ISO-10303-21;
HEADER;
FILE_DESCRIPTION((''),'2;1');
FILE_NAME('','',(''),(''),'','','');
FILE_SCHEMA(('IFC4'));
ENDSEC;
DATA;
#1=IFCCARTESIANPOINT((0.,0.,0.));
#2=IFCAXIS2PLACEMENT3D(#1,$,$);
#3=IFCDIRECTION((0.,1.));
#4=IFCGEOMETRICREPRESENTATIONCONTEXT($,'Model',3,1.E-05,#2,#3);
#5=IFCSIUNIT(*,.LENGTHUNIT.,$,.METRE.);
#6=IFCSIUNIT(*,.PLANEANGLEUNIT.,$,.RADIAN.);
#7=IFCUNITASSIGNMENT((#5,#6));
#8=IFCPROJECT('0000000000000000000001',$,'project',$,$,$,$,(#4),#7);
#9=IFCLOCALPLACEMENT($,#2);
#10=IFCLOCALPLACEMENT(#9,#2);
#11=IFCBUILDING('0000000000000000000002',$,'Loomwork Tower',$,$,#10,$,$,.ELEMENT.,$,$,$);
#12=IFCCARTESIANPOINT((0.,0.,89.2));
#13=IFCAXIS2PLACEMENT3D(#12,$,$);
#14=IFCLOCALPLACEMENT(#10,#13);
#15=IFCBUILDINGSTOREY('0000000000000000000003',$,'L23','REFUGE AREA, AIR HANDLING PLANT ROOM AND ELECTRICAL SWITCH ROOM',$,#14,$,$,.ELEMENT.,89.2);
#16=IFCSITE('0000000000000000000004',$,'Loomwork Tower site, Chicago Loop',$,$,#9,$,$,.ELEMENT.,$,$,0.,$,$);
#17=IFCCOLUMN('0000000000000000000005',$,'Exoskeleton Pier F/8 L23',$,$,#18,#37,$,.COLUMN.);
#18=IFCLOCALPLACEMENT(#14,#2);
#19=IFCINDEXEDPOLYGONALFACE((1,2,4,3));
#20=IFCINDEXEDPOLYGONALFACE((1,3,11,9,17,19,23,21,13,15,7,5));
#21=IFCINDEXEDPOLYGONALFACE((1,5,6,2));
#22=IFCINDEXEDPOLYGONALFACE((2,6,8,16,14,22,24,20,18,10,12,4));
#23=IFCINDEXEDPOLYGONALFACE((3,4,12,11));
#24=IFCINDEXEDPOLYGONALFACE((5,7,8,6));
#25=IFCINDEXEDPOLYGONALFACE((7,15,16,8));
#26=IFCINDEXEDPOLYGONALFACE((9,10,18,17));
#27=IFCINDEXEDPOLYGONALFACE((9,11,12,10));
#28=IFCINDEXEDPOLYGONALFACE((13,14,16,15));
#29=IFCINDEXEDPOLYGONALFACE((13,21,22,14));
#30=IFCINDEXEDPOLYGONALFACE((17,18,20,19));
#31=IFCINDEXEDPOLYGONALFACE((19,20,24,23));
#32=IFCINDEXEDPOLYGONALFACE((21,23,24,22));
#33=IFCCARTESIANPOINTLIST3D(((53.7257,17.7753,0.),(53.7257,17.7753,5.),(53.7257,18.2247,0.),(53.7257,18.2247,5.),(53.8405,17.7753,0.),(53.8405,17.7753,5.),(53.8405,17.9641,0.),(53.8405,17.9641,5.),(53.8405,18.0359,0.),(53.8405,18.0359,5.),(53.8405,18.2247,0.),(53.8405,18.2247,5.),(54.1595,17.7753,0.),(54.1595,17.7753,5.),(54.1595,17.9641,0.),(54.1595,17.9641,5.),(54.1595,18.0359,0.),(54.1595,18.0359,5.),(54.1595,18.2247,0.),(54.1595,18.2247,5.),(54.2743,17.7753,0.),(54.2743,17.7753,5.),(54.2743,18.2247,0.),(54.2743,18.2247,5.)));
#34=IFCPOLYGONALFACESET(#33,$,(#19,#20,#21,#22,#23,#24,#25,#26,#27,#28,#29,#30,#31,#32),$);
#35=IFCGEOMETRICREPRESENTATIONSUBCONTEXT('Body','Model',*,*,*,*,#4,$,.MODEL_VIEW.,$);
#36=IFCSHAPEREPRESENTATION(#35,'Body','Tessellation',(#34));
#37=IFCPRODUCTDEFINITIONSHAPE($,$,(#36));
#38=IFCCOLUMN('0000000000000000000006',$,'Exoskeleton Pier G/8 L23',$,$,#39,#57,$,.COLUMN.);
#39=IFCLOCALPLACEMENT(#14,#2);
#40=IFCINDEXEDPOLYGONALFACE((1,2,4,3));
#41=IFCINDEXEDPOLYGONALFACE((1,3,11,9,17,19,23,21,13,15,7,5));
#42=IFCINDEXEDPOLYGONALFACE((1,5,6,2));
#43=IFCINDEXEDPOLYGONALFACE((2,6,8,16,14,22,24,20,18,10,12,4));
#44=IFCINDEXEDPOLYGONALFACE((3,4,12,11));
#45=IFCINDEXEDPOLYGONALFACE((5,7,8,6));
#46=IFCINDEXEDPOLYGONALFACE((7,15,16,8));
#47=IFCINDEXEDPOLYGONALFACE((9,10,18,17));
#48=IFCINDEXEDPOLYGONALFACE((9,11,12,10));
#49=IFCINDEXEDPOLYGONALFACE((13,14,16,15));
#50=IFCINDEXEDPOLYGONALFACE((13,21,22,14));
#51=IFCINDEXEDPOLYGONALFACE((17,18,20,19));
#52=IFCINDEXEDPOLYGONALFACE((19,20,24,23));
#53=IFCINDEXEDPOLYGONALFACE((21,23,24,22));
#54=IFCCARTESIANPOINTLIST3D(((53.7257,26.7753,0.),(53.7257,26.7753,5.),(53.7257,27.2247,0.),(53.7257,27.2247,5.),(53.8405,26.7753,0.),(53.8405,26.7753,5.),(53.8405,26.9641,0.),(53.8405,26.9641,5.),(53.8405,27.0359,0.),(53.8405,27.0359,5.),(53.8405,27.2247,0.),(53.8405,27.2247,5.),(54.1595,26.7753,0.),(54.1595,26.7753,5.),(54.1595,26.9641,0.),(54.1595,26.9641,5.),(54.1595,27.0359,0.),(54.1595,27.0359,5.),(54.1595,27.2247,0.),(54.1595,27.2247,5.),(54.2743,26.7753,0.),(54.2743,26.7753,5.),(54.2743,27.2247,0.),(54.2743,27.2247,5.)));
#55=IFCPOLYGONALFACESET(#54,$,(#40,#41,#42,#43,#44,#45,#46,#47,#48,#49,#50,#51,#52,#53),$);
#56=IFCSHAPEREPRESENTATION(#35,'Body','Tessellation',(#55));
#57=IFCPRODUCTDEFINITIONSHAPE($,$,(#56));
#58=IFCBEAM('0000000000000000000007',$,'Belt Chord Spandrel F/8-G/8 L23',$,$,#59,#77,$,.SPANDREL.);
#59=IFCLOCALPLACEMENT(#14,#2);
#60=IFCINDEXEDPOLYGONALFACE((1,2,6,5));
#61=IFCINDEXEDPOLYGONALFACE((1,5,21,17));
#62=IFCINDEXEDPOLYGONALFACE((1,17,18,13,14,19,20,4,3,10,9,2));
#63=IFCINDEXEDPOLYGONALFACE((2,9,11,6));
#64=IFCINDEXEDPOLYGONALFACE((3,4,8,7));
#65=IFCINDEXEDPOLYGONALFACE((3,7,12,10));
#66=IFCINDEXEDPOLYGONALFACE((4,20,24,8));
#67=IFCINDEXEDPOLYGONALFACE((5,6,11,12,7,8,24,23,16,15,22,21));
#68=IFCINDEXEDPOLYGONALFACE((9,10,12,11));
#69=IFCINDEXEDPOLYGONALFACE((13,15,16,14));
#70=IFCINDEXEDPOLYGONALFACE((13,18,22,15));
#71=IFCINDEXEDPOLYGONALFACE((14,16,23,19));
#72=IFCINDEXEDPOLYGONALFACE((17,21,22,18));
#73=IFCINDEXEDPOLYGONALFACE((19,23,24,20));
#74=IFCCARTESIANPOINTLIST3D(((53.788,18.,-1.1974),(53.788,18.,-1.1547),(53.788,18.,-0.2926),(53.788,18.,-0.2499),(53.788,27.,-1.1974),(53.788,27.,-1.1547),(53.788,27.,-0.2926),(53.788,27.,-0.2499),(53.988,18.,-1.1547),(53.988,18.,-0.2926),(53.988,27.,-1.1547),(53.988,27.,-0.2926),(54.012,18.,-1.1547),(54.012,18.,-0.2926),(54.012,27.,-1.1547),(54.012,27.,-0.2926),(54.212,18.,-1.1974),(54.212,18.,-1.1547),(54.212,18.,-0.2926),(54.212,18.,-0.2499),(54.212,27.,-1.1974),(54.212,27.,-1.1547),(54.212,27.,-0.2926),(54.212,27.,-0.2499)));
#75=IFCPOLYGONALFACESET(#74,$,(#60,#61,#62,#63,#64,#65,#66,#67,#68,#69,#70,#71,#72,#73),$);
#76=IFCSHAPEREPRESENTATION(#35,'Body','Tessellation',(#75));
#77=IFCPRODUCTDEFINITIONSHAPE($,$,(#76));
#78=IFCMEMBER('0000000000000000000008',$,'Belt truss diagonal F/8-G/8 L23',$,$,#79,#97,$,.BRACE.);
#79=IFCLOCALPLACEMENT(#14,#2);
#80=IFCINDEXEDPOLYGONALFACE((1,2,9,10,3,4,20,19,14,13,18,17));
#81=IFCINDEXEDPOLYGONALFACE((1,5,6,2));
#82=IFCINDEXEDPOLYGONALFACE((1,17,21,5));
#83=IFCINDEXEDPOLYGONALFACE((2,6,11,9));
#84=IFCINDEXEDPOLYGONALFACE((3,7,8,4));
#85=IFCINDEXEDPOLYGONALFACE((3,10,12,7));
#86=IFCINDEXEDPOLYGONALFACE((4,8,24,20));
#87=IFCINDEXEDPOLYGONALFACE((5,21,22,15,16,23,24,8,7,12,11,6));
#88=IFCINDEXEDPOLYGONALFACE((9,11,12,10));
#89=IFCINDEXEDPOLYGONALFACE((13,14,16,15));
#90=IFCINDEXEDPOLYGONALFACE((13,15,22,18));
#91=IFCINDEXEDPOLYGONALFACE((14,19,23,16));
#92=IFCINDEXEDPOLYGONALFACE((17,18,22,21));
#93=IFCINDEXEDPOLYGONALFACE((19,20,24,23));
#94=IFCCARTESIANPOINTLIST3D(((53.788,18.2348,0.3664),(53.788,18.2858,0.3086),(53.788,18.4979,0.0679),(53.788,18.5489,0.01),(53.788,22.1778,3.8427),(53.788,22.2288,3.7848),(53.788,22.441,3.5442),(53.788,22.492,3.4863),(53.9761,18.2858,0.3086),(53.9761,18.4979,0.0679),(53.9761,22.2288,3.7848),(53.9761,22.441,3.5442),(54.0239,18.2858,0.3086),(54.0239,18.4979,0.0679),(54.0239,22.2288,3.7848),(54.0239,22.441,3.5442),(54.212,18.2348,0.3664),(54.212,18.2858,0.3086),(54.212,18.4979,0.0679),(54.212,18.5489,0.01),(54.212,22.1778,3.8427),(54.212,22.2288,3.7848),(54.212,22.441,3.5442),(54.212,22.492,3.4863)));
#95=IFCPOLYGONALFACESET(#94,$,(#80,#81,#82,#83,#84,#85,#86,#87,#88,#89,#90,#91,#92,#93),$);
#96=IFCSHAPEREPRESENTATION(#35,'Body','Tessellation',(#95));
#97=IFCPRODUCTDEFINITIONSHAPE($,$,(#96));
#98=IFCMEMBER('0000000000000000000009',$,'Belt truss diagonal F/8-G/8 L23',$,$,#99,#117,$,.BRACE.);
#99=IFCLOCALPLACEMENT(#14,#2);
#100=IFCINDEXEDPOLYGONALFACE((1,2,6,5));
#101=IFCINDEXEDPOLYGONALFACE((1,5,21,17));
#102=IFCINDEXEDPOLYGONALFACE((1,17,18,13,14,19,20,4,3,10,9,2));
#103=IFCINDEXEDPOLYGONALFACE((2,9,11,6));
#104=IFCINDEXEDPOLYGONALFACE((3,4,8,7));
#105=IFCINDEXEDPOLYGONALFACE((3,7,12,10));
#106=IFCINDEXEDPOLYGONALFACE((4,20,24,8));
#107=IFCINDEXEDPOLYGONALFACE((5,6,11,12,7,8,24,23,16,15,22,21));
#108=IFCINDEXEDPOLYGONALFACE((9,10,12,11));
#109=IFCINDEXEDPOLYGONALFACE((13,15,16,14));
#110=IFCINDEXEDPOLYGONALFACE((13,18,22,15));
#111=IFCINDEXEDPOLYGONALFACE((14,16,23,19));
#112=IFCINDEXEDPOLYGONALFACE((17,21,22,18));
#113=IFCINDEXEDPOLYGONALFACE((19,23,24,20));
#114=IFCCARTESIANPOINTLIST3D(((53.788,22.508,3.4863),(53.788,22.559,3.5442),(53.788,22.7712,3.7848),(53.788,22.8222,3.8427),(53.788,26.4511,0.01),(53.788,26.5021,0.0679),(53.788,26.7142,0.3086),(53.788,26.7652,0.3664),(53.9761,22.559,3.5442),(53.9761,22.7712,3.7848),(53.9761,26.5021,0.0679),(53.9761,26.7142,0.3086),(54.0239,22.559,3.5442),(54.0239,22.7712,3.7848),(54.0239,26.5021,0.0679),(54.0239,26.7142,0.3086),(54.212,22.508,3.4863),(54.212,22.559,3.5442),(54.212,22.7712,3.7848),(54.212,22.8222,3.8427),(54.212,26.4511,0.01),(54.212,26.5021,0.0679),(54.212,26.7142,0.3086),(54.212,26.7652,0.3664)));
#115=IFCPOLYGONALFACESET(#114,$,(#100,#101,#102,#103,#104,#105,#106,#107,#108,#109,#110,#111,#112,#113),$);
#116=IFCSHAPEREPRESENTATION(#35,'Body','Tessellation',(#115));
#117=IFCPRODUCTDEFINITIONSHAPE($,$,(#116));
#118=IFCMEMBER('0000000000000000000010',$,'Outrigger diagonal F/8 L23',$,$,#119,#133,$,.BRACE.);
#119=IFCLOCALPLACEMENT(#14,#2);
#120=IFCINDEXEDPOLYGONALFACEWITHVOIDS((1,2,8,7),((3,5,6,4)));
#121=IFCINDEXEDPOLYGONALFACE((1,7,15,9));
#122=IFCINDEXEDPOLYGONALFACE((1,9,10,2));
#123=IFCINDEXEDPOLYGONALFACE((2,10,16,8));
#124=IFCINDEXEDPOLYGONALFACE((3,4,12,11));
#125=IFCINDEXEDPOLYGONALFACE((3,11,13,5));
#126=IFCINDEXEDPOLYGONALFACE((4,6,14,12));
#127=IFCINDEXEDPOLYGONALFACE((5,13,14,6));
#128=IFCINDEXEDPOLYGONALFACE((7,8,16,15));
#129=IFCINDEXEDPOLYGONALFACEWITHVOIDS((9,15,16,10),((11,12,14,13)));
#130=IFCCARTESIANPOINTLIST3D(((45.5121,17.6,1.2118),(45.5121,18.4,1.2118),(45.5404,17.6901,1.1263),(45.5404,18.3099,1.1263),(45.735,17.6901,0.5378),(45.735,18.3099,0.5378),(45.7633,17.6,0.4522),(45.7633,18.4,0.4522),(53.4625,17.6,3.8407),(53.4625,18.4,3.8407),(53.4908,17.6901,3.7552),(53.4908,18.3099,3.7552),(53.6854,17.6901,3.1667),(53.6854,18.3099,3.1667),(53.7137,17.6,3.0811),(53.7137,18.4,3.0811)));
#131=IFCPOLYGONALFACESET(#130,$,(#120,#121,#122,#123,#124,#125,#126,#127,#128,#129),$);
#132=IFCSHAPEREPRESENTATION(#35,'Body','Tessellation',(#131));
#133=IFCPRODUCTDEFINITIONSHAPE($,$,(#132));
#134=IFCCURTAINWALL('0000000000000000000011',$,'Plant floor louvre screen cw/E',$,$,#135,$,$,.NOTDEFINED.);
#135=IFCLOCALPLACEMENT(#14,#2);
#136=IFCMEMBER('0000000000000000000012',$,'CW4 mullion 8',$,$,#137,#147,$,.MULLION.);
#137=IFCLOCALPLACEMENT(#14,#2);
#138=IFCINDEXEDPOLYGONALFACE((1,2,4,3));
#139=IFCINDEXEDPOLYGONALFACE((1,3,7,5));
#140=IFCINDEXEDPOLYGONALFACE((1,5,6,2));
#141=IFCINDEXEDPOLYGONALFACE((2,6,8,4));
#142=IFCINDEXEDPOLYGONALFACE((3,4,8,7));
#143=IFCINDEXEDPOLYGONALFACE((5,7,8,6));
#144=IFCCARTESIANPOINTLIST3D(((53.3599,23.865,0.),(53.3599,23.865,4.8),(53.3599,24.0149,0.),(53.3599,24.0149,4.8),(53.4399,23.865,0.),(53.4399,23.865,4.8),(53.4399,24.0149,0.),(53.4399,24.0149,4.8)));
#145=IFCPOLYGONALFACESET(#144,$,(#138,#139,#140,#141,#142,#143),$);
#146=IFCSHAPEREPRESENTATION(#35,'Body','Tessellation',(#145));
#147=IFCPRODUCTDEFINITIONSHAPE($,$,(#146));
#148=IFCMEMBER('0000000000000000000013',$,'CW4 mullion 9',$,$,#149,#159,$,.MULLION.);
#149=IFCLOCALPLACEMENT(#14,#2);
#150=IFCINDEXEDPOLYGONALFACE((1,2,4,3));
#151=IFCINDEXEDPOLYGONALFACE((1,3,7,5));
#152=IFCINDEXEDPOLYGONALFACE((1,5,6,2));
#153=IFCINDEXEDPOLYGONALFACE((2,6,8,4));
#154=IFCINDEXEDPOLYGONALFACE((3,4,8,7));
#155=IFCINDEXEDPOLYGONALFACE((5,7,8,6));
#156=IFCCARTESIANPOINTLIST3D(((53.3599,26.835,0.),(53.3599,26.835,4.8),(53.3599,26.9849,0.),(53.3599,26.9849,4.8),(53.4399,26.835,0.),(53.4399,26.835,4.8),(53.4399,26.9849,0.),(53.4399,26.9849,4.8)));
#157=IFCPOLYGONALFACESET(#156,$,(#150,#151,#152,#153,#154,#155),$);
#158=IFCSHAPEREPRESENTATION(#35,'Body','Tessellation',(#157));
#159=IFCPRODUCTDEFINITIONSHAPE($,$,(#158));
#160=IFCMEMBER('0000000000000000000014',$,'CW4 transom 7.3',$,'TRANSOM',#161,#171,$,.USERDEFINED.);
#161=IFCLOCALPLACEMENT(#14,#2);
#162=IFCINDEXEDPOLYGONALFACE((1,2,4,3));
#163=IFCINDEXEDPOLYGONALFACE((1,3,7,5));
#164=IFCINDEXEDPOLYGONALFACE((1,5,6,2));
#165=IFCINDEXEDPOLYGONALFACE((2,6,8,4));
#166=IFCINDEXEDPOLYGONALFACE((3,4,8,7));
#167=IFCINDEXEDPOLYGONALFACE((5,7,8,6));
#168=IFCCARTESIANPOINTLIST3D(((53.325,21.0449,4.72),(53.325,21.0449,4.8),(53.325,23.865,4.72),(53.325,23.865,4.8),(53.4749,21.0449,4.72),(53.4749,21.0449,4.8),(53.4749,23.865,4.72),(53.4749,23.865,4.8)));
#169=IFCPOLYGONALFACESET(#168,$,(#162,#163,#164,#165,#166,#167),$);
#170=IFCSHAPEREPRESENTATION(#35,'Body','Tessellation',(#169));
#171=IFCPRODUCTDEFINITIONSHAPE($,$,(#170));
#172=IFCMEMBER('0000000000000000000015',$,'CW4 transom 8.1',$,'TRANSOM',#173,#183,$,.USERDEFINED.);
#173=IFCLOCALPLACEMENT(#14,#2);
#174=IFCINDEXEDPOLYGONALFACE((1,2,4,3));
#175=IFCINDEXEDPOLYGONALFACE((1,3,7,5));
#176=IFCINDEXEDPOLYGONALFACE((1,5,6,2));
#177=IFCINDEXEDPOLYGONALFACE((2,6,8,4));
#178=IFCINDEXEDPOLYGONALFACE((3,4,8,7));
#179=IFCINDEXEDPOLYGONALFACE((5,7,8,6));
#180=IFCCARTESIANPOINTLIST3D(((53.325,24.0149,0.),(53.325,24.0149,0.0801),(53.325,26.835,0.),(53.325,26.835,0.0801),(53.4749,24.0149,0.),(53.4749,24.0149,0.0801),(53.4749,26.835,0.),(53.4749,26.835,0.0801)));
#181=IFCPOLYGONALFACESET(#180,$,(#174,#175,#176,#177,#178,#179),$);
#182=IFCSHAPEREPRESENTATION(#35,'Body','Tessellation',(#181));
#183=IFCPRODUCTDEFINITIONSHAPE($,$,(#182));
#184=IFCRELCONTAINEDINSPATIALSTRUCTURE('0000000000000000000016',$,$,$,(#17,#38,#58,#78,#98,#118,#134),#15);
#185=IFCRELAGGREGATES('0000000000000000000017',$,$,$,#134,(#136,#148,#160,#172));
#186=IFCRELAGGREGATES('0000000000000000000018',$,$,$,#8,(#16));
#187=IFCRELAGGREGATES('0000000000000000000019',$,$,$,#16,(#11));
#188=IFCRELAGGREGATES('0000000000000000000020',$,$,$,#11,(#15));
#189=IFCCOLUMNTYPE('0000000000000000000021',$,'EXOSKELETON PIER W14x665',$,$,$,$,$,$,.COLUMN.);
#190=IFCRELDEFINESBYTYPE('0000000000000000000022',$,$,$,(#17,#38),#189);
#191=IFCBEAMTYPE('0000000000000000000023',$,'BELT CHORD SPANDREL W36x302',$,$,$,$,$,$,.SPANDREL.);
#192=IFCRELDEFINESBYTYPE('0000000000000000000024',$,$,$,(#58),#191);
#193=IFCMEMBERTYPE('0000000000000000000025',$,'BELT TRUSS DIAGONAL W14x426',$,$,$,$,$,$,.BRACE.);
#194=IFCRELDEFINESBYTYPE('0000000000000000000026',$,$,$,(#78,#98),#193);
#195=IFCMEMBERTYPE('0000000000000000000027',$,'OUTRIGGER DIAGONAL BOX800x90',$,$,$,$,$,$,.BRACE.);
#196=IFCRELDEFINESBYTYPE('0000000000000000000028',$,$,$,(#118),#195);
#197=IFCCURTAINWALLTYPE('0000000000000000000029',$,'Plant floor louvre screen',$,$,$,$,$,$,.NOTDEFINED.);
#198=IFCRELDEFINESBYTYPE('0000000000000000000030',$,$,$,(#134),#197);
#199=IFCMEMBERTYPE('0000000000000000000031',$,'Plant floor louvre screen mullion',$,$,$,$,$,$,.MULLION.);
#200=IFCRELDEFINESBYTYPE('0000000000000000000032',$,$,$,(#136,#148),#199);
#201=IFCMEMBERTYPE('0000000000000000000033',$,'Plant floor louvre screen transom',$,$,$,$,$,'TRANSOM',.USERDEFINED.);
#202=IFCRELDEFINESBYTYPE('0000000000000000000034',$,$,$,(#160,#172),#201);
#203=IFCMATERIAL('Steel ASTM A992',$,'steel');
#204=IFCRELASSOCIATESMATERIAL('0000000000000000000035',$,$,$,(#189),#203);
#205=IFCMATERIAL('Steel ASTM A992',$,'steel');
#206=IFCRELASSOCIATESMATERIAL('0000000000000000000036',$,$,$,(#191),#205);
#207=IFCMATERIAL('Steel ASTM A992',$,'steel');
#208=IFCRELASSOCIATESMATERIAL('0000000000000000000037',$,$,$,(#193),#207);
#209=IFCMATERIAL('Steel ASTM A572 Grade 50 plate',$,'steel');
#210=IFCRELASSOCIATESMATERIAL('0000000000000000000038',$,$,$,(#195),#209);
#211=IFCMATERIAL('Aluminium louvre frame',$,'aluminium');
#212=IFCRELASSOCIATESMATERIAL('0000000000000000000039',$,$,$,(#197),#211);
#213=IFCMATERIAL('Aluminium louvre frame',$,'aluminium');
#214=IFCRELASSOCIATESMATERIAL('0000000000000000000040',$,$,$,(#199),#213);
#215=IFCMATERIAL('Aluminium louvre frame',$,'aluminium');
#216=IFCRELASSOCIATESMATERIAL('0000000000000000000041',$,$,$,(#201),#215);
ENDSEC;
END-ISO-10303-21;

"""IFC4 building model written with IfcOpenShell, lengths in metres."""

from ifc_helpers import new_model, si_unit, direction, frame, origin, origin_2d, place, context, subcontext, project, spatial, rectangle, hollow_rectangle, i_section, extrude, material, material_profile, profile_set, type_object, element, aggregate, save


model = new_model("IFC4")

# Units and contexts
model_context = context("Model", 3, precision=1e-05, world=origin(), true_north=direction((0.0, 1.0)))
body_context = subcontext(model_context, "Body", "Model", "MODEL_VIEW")
ifc_project = project(units=[si_unit("LENGTHUNIT", "METRE"), si_unit("PLANEANGLEUNIT", "RADIAN")], contexts=[model_context])

# Site, building, storey
site_placement = place(None, origin())
site = spatial("IfcSite", under=ifc_project, at=site_placement, Name="Loomwork Tower site, Chicago Loop", CompositionType="ELEMENT", RefElevation=0.0)
building_placement = place(site_placement, origin())
building = spatial("IfcBuilding", under=site, at=building_placement, Name="Loomwork Tower", CompositionType="ELEMENT")
storey_placement = place(building_placement, frame((0.0, 0.0, 89.2)))
storey = spatial("IfcBuildingStorey", under=building, at=storey_placement, Name="L23", Description="REFUGE AREA, AIR HANDLING PLANT ROOM AND ELECTRICAL SWITCH ROOM", CompositionType="ELEMENT", Elevation=89.2)

# Columns
ifc_material_1 = material(Name="Steel ASTM A992", Category="steel")
ifc_material_profile_1 = material_profile(ifc_material_1, i_section(OverallWidth=0.4495, OverallDepth=0.5486, WebThickness=0.0718, FlangeThickness=0.1147, at=origin_2d()), Name="W14x665")
ifc_profile_set_1 = profile_set([ifc_material_profile_1], Name="Steel ASTM A992")
column_type = type_object("IfcColumnType", Name="EXOSKELETON PIER W14x665", PredefinedType="COLUMN", material=ifc_profile_set_1)
for number, where, z_axis, x_axis, name in (
    (1, (54.0, 18.0, 0.0), (0.0, 0.0, 1.0), (0.0, 1.0, 0.0), "Exoskeleton Pier F/8 L23"),
    (2, (54.0, 27.0, 0.0), (0.0, 0.0, 1.0), (0.0, 1.0, 0.0), "Exoskeleton Pier G/8 L23"),
):
    element("IfcColumn", number, at=place(storey_placement, frame(where, z_axis=z_axis, x_axis=x_axis)), inside=storey, type_object=column_type, Name=name, PredefinedType="COLUMN", context=body_context, shape_type="SweptSolid", body=[
        extrude(i_section(OverallWidth=0.4495, OverallDepth=0.5486, WebThickness=0.0718, FlangeThickness=0.1147, at=origin_2d()), origin(), (0.0, 0.0, 1.0), 5.0),
    ])

# Beam
ifc_material_2 = material(Name="Steel ASTM A992", Category="steel")
ifc_material_profile_2 = material_profile(ifc_material_2, i_section(OverallWidth=0.4241, OverallDepth=0.9475, WebThickness=0.0239, FlangeThickness=0.0427, at=origin_2d()), Name="W36x302")
ifc_profile_set_2 = profile_set([ifc_material_profile_2], Name="Steel ASTM A992")
beam_type = type_object("IfcBeamType", Name="BELT CHORD SPANDREL W36x302", PredefinedType="SPANDREL", material=ifc_profile_set_2)
beam_placement = place(storey_placement, frame((54.0, 18.0, -0.7236), z_axis=(0.0, 1.0, 0.0), x_axis=(-1.0, 0.0, 0.0)))
element("IfcBeam", 3, at=beam_placement, inside=storey, type_object=beam_type, Name="Belt Chord Spandrel F/8-G/8 L23", PredefinedType="SPANDREL", context=body_context, shape_type="SweptSolid", body=[
    extrude(i_section(OverallWidth=0.4241, OverallDepth=0.9475, WebThickness=0.0239, FlangeThickness=0.0427, at=origin_2d()), origin(), (0.0, 0.0, 1.0), 9.0),
])

# Members
ifc_material_3 = material(Name="Steel ASTM A992", Category="steel")
ifc_material_profile_3 = material_profile(ifc_material_3, i_section(OverallWidth=0.4241, OverallDepth=0.4751, WebThickness=0.0479, FlangeThickness=0.0771, at=origin_2d()), Name="W14x426")
ifc_profile_set_3 = profile_set([ifc_material_profile_3], Name="Steel ASTM A992")
member_type_1 = type_object("IfcMemberType", Name="BELT TRUSS DIAGONAL W14x426", PredefinedType="BRACE", material=ifc_profile_set_3)
for number, where, z_axis, x_axis, name in (
    (4, (54.0, 18.3918, 0.1882), (0.0, 0.750112, 0.661311), (-1.0, 0.0, 0.0), "Belt truss diagonal F/8-G/8 L23"),
    (5, (54.0, 26.6082, 0.1882), (0.0, -0.750112, 0.661311), (1.0, 0.0, 0.0), "Belt truss diagonal F/8-G/8 L23"),
):
    element("IfcMember", number, at=place(storey_placement, frame(where, z_axis=z_axis, x_axis=x_axis)), inside=storey, type_object=member_type_1, Name=name, PredefinedType="BRACE", context=body_context, shape_type="SweptSolid", body=[
        extrude(i_section(OverallWidth=0.4241, OverallDepth=0.4751, WebThickness=0.0479, FlangeThickness=0.0771, at=origin_2d()), origin(), (0.0, 0.0, 1.0), 5.2566),
    ])
ifc_material_4 = material(Name="Steel ASTM A572 Grade 50 plate", Category="steel")
ifc_material_profile_4 = material_profile(ifc_material_4, hollow_rectangle(XDim=0.8, YDim=0.8, WallThickness=0.0901, at=origin_2d()), Name="BOX800x90")
ifc_profile_set_4 = profile_set([ifc_material_profile_4], Name="Steel ASTM A572 Grade 50 plate")
member_type_2 = type_object("IfcMemberType", Name="OUTRIGGER DIAGONAL BOX800x90", PredefinedType="BRACE", material=ifc_profile_set_4)
member_1_placement = place(storey_placement, frame((53.5881, 18.0, 3.4609), z_axis=(-0.949442, 0.0, -0.313944), x_axis=(0.0, -1.0, 0.0)))
element("IfcMember", 6, at=member_1_placement, inside=storey, type_object=member_type_2, Name="Outrigger diagonal F/8 L23", PredefinedType="BRACE", context=body_context, shape_type="SweptSolid", body=[
    extrude(hollow_rectangle(XDim=0.8, YDim=0.8, WallThickness=0.0901, at=origin_2d()), origin(), (0.0, 0.0, 1.0), 8.3738),
])

# Curtain wall, members
ifc_material_5 = material(Name="Aluminium louvre frame", Category="aluminium")
curtain_wall_type = type_object("IfcCurtainWallType", Name="Plant floor louvre screen", PredefinedType="NOTDEFINED", material=ifc_material_5)
curtain_wall_placement = place(storey_placement, origin())
curtain_wall = element("IfcCurtainWall", 7, at=curtain_wall_placement, inside=storey, type_object=curtain_wall_type, Name="Plant floor louvre screen cw/E", PredefinedType="NOTDEFINED")
ifc_material_6 = material(Name="Aluminium louvre frame", Category="aluminium")
ifc_material_profile_5 = material_profile(ifc_material_6, rectangle(XDim=0.0801, YDim=0.1499, at=origin_2d()), Name="AL 80x150")
ifc_profile_set_5 = profile_set([ifc_material_profile_5], Name="Aluminium louvre frame")
member_type_3 = type_object("IfcMemberType", Name="Plant floor louvre screen mullion", PredefinedType="MULLION", material=ifc_profile_set_5)
member_2_placement = place(storey_placement, frame((53.3999, 23.9399, 0.0), z_axis=(0.0, 0.0, 1.0), x_axis=(-1.0, 0.0, 0.0)))
member_2 = element("IfcMember", 8, at=member_2_placement, type_object=member_type_3, Name="CW4 mullion 8", PredefinedType="MULLION", context=body_context, shape_type="SweptSolid", body=[
    extrude(rectangle(XDim=0.0801, YDim=0.1499, at=origin_2d()), origin(), (0.0, 0.0, 1.0), 4.8),
])
member_3_placement = place(storey_placement, frame((53.3999, 26.9099, 0.0), z_axis=(0.0, 0.0, 1.0), x_axis=(-1.0, 0.0, 0.0)))
member_3 = element("IfcMember", 9, at=member_3_placement, type_object=member_type_3, Name="CW4 mullion 9", PredefinedType="MULLION", context=body_context, shape_type="SweptSolid", body=[
    extrude(rectangle(XDim=0.0801, YDim=0.1499, at=origin_2d()), origin(), (0.0, 0.0, 1.0), 4.8),
])
ifc_material_7 = material(Name="Aluminium louvre frame", Category="aluminium")
ifc_material_profile_6 = material_profile(ifc_material_7, rectangle(XDim=0.1499, YDim=0.0801, at=origin_2d()), Name="AL 80x150")
ifc_profile_set_6 = profile_set([ifc_material_profile_6], Name="Aluminium louvre frame")
member_type_4 = type_object("IfcMemberType", Name="Plant floor louvre screen transom", ElementType="TRANSOM", PredefinedType="USERDEFINED", material=ifc_profile_set_6)
member_4_placement = place(storey_placement, frame((53.3999, 21.0449, 4.76), z_axis=(0.0, 1.0, 0.0), x_axis=(-1.0, 0.0, 0.0)))
member_4 = element("IfcMember", 10, at=member_4_placement, type_object=member_type_4, Name="CW4 transom 7.3", ObjectType="TRANSOM", PredefinedType="USERDEFINED", context=body_context, shape_type="SweptSolid", body=[
    extrude(rectangle(XDim=0.1499, YDim=0.0801, at=origin_2d()), origin(), (0.0, 0.0, 1.0), 2.8201),
])
member_5_placement = place(storey_placement, frame((53.3999, 24.0149, 0.04), z_axis=(0.0, 1.0, 0.0), x_axis=(-1.0, 0.0, 0.0)))
member_5 = element("IfcMember", 11, at=member_5_placement, type_object=member_type_4, Name="CW4 transom 8.1", ObjectType="TRANSOM", PredefinedType="USERDEFINED", context=body_context, shape_type="SweptSolid", body=[
    extrude(rectangle(XDim=0.1499, YDim=0.0801, at=origin_2d()), origin(), (0.0, 0.0, 1.0), 2.8201),
])

aggregate(curtain_wall, [member_2, member_3, member_4, member_5])

save(model, "model.ifc")
